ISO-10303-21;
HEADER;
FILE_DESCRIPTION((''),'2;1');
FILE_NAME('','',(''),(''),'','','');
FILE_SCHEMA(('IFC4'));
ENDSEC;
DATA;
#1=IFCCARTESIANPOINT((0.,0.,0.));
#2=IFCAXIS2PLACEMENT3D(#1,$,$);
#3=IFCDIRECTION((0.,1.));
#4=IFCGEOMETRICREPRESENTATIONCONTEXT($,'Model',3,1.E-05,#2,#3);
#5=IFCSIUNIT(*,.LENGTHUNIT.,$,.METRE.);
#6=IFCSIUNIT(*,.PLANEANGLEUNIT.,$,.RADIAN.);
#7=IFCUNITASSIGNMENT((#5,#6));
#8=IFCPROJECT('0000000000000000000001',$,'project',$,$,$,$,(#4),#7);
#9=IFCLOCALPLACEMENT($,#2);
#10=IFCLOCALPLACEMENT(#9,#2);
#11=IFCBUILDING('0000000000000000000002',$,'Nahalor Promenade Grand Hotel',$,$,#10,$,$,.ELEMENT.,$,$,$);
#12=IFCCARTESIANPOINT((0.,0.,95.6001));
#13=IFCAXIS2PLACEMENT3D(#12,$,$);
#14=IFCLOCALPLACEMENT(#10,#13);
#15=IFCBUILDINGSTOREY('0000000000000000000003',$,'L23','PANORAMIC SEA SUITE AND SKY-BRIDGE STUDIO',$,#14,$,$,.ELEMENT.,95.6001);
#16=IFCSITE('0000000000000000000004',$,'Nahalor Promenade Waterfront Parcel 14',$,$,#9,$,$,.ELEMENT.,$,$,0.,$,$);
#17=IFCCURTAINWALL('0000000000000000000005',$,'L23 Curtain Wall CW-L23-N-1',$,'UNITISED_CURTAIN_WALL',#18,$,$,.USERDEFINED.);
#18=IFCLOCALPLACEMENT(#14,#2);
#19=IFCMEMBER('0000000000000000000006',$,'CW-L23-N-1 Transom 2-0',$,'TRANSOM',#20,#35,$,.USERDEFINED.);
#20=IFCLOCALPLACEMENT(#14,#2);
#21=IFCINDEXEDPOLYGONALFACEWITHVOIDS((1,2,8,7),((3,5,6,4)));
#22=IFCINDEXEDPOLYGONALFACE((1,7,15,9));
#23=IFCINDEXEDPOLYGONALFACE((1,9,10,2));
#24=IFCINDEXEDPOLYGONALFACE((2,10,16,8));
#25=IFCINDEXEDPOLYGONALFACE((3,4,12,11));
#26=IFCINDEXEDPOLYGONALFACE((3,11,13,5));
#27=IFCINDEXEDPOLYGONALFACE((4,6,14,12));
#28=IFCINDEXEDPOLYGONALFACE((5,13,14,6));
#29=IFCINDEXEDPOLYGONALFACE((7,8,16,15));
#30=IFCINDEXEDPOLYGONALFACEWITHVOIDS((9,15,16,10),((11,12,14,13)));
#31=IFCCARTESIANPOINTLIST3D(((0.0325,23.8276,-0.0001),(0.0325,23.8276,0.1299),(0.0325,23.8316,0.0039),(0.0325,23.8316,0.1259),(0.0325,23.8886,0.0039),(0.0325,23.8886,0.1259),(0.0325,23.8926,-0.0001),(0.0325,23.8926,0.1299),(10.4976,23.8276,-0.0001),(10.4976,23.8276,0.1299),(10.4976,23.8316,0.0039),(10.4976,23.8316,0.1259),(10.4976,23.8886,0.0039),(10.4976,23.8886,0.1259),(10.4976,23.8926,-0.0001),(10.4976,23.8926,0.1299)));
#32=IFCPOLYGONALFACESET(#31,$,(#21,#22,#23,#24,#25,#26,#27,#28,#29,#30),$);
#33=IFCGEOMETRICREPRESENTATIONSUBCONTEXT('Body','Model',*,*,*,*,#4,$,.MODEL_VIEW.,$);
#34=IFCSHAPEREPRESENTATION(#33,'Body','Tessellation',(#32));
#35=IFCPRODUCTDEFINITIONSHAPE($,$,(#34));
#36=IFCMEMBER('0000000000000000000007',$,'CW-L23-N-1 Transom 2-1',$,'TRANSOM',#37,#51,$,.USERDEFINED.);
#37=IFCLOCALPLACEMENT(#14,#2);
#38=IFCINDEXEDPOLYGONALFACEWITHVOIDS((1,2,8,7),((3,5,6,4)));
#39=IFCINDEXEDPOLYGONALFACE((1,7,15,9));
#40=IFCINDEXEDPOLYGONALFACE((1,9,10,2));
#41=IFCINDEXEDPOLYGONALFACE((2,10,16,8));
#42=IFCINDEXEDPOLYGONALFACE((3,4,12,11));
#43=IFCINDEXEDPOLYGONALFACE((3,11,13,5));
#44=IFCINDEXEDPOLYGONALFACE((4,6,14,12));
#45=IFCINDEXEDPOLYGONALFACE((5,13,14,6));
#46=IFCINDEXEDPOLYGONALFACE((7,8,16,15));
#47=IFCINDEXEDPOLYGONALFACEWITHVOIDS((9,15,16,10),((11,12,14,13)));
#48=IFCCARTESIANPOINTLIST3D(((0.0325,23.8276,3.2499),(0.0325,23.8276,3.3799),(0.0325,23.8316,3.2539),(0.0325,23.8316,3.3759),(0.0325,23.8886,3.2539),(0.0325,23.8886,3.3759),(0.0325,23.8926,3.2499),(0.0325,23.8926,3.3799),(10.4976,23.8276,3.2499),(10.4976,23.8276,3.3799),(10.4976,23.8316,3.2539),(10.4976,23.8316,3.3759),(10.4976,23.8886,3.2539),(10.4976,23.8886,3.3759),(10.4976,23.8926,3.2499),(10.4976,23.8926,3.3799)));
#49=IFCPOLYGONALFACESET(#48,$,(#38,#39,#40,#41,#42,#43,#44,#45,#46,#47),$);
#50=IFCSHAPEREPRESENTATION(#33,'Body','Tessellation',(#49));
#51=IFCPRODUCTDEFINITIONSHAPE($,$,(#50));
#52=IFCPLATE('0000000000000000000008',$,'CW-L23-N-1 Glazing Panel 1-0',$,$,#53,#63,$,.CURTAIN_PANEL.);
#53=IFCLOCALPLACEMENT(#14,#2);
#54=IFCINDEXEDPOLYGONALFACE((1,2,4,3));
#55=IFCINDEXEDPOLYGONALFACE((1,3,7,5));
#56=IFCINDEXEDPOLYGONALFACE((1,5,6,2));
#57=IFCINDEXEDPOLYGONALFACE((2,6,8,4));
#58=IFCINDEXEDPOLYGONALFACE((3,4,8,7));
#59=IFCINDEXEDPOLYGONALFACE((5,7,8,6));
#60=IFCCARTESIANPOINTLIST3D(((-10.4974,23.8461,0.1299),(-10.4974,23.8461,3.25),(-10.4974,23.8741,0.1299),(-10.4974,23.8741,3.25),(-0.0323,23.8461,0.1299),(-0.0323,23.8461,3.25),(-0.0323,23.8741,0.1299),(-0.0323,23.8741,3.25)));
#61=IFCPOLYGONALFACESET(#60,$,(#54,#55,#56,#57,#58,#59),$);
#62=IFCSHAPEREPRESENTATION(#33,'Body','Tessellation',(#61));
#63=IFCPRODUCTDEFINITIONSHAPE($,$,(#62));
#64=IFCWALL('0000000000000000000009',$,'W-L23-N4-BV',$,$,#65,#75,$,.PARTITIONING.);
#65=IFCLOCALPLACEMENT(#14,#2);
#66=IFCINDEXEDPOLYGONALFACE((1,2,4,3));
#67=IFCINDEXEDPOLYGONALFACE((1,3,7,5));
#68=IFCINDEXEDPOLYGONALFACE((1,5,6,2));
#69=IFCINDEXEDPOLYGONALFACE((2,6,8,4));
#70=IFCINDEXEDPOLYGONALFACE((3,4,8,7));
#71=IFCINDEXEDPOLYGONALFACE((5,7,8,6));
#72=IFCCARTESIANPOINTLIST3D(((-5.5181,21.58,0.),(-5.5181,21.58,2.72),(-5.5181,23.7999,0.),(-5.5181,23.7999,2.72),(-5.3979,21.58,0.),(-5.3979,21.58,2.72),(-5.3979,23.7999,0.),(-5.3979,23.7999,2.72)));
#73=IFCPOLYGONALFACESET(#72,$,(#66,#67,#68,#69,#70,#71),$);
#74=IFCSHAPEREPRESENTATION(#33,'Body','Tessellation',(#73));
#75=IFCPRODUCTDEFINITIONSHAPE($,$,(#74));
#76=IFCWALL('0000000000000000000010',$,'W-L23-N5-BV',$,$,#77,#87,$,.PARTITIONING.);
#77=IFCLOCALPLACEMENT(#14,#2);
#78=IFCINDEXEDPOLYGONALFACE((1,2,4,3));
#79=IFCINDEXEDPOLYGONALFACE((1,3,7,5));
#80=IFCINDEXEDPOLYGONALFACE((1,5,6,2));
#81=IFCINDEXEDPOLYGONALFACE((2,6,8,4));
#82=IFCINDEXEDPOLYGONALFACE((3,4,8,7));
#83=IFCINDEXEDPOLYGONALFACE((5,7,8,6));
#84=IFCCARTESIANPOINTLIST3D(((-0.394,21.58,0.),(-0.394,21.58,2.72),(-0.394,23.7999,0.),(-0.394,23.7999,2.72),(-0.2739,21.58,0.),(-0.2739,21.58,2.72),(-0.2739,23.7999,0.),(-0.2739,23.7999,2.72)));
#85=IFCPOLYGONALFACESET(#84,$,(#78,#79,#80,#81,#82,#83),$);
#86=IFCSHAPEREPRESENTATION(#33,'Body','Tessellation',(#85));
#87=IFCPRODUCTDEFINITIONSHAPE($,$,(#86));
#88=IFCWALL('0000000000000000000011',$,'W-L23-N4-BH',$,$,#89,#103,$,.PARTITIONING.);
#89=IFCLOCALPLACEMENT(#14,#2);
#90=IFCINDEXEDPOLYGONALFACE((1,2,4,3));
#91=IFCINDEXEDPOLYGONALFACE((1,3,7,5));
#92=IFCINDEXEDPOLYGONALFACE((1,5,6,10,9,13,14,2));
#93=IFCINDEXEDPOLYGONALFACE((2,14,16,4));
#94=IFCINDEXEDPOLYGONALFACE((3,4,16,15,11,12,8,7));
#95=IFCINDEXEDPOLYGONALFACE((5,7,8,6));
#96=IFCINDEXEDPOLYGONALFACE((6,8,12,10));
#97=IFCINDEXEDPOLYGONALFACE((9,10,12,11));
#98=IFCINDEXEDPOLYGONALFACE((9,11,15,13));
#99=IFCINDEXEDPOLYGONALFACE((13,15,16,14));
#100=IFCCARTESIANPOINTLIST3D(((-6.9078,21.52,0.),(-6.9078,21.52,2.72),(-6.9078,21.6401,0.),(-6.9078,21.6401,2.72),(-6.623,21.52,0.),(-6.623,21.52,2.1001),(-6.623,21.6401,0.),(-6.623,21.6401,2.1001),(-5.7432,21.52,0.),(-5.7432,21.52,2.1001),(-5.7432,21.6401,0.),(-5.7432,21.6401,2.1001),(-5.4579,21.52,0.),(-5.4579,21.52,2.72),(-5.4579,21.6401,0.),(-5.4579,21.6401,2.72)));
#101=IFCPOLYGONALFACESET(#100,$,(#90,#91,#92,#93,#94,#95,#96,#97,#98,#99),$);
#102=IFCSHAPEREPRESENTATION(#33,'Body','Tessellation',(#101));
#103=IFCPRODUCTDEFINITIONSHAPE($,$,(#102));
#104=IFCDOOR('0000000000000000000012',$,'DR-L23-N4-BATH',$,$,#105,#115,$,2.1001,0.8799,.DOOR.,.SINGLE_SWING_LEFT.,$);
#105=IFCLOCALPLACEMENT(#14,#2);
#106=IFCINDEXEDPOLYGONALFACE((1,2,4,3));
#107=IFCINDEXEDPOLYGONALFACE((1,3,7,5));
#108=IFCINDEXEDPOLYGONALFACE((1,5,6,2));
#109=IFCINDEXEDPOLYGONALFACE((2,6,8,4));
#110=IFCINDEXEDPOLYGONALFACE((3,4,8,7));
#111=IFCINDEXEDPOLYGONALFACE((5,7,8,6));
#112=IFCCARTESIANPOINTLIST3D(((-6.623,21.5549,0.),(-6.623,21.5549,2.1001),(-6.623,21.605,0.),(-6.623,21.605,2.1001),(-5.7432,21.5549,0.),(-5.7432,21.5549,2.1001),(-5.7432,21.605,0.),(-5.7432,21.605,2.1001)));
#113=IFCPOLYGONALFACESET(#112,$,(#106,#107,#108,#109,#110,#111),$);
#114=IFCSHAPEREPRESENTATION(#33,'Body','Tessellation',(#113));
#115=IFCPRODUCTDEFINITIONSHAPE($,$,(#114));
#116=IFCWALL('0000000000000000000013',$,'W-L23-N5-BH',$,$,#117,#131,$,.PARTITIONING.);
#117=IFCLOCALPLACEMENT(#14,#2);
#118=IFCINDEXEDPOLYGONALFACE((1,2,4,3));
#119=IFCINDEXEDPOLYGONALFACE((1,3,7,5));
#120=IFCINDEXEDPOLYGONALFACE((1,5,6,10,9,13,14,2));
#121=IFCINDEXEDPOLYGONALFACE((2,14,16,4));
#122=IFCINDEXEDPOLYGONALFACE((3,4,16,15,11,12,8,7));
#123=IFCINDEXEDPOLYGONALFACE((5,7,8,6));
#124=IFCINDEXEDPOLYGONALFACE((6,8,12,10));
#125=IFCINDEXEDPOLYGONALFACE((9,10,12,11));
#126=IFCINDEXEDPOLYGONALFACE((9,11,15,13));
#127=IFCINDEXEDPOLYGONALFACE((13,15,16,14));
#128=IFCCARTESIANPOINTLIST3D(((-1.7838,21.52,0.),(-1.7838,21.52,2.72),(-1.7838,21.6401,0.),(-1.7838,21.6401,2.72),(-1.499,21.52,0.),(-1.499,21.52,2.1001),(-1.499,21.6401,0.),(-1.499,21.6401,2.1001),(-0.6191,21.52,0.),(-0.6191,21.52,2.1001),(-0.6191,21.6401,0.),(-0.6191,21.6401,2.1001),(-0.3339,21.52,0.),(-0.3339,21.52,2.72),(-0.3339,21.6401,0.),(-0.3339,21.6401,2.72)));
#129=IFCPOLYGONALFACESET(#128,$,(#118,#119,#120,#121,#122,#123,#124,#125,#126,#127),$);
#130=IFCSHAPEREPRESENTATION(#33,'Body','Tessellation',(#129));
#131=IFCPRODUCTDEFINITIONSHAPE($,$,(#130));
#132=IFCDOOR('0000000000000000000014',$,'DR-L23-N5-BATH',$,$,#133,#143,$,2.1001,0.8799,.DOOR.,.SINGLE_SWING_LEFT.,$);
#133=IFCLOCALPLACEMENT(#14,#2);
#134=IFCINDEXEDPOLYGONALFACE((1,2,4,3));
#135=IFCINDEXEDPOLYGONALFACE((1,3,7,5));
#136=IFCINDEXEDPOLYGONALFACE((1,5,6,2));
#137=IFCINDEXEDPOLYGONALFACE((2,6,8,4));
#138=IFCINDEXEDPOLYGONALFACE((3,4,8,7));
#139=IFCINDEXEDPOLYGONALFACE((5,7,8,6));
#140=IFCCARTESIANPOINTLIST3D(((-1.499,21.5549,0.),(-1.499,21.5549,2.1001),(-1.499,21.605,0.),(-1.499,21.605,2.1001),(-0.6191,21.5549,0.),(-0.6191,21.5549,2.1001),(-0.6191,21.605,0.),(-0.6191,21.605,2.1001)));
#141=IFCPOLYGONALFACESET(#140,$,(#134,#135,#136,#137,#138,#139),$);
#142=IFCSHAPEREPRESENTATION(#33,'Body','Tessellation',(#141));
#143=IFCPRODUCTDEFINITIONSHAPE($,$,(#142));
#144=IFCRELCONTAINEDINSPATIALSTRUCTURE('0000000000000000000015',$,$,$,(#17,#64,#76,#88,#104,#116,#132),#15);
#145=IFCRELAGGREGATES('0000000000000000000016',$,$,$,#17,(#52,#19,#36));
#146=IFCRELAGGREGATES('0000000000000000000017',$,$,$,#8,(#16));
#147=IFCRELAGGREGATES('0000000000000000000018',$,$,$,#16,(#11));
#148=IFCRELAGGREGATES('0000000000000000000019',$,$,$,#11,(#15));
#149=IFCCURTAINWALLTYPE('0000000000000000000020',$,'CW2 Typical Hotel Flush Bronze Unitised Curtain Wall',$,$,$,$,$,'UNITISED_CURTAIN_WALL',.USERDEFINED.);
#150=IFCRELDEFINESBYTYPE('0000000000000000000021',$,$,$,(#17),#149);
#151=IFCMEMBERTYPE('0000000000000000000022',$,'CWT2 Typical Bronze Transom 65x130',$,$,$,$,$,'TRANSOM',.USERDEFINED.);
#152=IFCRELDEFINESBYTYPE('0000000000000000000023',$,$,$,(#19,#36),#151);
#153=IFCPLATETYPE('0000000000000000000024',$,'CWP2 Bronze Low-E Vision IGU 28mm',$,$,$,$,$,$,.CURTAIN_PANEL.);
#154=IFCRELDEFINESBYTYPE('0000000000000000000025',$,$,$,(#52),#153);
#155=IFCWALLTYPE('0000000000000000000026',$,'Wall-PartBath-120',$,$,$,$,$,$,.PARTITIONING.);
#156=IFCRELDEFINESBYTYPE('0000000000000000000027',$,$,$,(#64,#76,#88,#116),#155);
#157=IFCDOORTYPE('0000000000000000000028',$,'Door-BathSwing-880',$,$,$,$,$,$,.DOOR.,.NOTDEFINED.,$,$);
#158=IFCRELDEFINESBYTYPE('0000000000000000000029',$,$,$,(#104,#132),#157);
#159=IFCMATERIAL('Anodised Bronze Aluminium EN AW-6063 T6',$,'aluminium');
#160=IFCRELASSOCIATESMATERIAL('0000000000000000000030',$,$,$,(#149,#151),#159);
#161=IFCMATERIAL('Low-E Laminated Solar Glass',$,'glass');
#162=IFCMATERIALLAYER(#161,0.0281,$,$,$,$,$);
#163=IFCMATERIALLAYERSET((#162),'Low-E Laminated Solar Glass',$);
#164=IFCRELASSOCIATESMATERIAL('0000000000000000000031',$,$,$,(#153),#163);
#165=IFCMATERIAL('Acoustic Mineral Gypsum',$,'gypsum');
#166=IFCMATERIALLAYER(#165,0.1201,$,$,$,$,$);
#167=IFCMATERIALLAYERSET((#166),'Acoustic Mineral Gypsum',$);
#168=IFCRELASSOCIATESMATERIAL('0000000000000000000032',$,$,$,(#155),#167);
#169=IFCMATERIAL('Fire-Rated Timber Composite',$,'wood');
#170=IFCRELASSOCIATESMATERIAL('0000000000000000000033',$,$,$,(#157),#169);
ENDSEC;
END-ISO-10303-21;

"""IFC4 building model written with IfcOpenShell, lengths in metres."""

from ifc_helpers import new_model, si_unit, direction, frame, frame_2d, origin, origin_2d, place, context, subcontext, project, spatial, rectangle, hollow_rectangle, extrude, source, transform, mapped, material, layer, layer_set, material_profile, profile_set, type_object, element, fill, aggregate, save


model = new_model("IFC4")

# Units and contexts
model_context = context("Model", 3, precision=1e-05, world=origin(), true_north=direction((0.0, 1.0)))
body_context = subcontext(model_context, "Body", "Model", "MODEL_VIEW")
ifc_project = project(units=[si_unit("LENGTHUNIT", "METRE"), si_unit("PLANEANGLEUNIT", "RADIAN")], contexts=[model_context])

# Site, building, storey
site_placement = place(None, origin())
site = spatial("IfcSite", under=ifc_project, at=site_placement, Name="Nahalor Promenade Waterfront Parcel 14", CompositionType="ELEMENT", RefElevation=0.0)
building_placement = place(site_placement, origin())
building = spatial("IfcBuilding", under=site, at=building_placement, Name="Nahalor Promenade Grand Hotel", CompositionType="ELEMENT")
storey_placement = place(building_placement, frame((0.0, 0.0, 95.6001)))
storey = spatial("IfcBuildingStorey", under=building, at=storey_placement, Name="L23", Description="PANORAMIC SEA SUITE AND SKY-BRIDGE STUDIO", CompositionType="ELEMENT", Elevation=95.6001)

# Curtain wall, members, plate
ifc_material_1 = material(Name="Anodised Bronze Aluminium EN AW-6063 T6", Category="aluminium")
curtain_wall_type = type_object("IfcCurtainWallType", Name="CW2 Typical Hotel Flush Bronze Unitised Curtain Wall", ElementType="UNITISED_CURTAIN_WALL", PredefinedType="USERDEFINED", material=ifc_material_1)
curtain_wall_placement = place(storey_placement, origin())
curtain_wall = element("IfcCurtainWall", 1, at=curtain_wall_placement, inside=storey, type_object=curtain_wall_type, Name="L23 Curtain Wall CW-L23-N-1", ObjectType="UNITISED_CURTAIN_WALL", PredefinedType="USERDEFINED")
ifc_material_profile_1 = material_profile(ifc_material_1, hollow_rectangle(XDim=0.065, YDim=0.13, WallThickness=0.004, at=origin_2d()), Name="CWT 65x130x4")
ifc_profile_set_1 = profile_set([ifc_material_profile_1], Name="Anodised Bronze Aluminium EN AW-6063 T6")
member_type_1 = type_object("IfcMemberType", Name="CWT2 Typical Bronze Transom 65x130", ElementType="TRANSOM", PredefinedType="USERDEFINED", material=ifc_profile_set_1)
shared_shape_1 = source(origin(), body_context, "Body", "SweptSolid", [
    extrude(hollow_rectangle(XDim=0.065, YDim=0.13, WallThickness=0.004, at=origin_2d()), origin(), (0.0, 0.0, 1.0), 10.4651),
])
member_1_placement = place(storey_placement, frame((0.0325, 23.8601, 0.0649), z_axis=(1.0, 0.0, 0.0), x_axis=(0.0, 1.0, 0.0)))
member_1 = element("IfcMember", 2, at=member_1_placement, type_object=member_type_1, Name="CW-L23-N-1 Transom 2-0", ObjectType="TRANSOM", PredefinedType="USERDEFINED", context=body_context, shape_type="MappedRepresentation", body=[
    mapped(shared_shape_1, transform((0.0, 0.0, 0.0), scale=1.0)),
])
member_2_placement = place(storey_placement, frame((0.0325, 23.8601, 3.3149), z_axis=(1.0, 0.0, 0.0), x_axis=(0.0, 1.0, 0.0)))
member_2 = element("IfcMember", 3, at=member_2_placement, type_object=member_type_1, Name="CW-L23-N-1 Transom 2-1", ObjectType="TRANSOM", PredefinedType="USERDEFINED", context=body_context, shape_type="MappedRepresentation", body=[
    mapped(shared_shape_1, transform((0.0, 0.0, 0.0), scale=1.0)),
])
ifc_material_2 = material(Name="Low-E Laminated Solar Glass", Category="glass")
ifc_layer_1 = layer(ifc_material_2, 0.0281)
ifc_layer_set_1 = layer_set([ifc_layer_1], Name="Low-E Laminated Solar Glass")
plate_type = type_object("IfcPlateType", Name="CWP2 Bronze Low-E Vision IGU 28mm", PredefinedType="CURTAIN_PANEL", material=ifc_layer_set_1)
shared_shape_2 = source(origin(), body_context, "Body", "SweptSolid", [
    extrude(rectangle(XDim=10.4651, YDim=0.0281, at=origin_2d()), origin(), (0.0, 0.0, 1.0), 3.1201),
])
plate_placement = place(storey_placement, frame((-5.2649, 23.8601, 0.1299), z_axis=(0.0, 0.0, 1.0), x_axis=(1.0, 0.0, 0.0)))
plate = element("IfcPlate", 4, at=plate_placement, type_object=plate_type, Name="CW-L23-N-1 Glazing Panel 1-0", PredefinedType="CURTAIN_PANEL", context=body_context, shape_type="MappedRepresentation", body=[
    mapped(shared_shape_2, transform((0.0, 0.0, 0.0), scale=1.0)),
])
aggregate(curtain_wall, [plate, member_1, member_2])

# Walls
ifc_material_3 = material(Name="Acoustic Mineral Gypsum", Category="gypsum")
ifc_layer_2 = layer(ifc_material_3, 0.1201)
ifc_layer_set_2 = layer_set([ifc_layer_2], Name="Acoustic Mineral Gypsum")
wall_type = type_object("IfcWallType", Name="Wall-PartBath-120", PredefinedType="PARTITIONING", material=ifc_layer_set_2)
shared_shape_3 = source(origin(), body_context, "Body", "SweptSolid", [
    extrude(rectangle(XDim=2.22, YDim=0.1201, at=frame_2d((1.1099, 0.0))), origin(), (0.0, 0.0, 1.0), 2.72),
])
for number, where, z_axis, x_axis, name in (
    (5, (-5.458, 21.5801, 0.0), (0.0, 0.0, 1.0), (0.0, 1.0, 0.0), "W-L23-N4-BV"),
    (6, (-0.334, 21.5801, 0.0), (0.0, 0.0, 1.0), (0.0, 1.0, 0.0), "W-L23-N5-BV"),
):
    element("IfcWall", number, at=place(storey_placement, frame(where, z_axis=z_axis, x_axis=x_axis)), inside=storey, type_object=wall_type, Name=name, PredefinedType="PARTITIONING", context=body_context, shape_type="MappedRepresentation", body=[
        mapped(shared_shape_3, transform((0.0, 0.0, 0.0), scale=1.0)),
    ])

# Walls, openings, doors
shared_shape_4 = source(origin(), body_context, "Body", "SweptSolid", [
    extrude(rectangle(XDim=1.45, YDim=0.1201, at=frame_2d((0.7251, 0.0))), origin(), (0.0, 0.0, 1.0), 2.72),
])
wall_1_placement = place(storey_placement, frame((-6.908, 21.5801, 0.0), z_axis=(0.0, 0.0, 1.0), x_axis=(1.0, 0.0, 0.0)))
wall_1 = element("IfcWall", 7, at=wall_1_placement, inside=storey, type_object=wall_type, Name="W-L23-N4-BH", PredefinedType="PARTITIONING", context=body_context, shape_type="MappedRepresentation", body=[
    mapped(shared_shape_4, transform((0.0, 0.0, 0.0), scale=1.0)),
])
opening_1_placement = place(wall_1_placement, frame((0.2849, 0.0, 0.0)))
opening_1 = element("IfcOpeningElement", 8, at=opening_1_placement, cuts=wall_1, PredefinedType="OPENING", context=body_context, shape_type="SweptSolid", body=[
    extrude(rectangle(XDim=0.8799, YDim=2.1001, at=frame_2d((0.4399, 1.05))), frame((0.0, 0.0701, 0.0), z_axis=(0.0, -1.0, 0.0), x_axis=(1.0, 0.0, 0.0)), (0.0, 0.0, 1.0), 0.1401),
])
ifc_material_4 = material(Name="Fire-Rated Timber Composite", Category="wood")
door_type = type_object("IfcDoorType", Name="Door-BathSwing-880", OperationType="NOTDEFINED", PredefinedType="DOOR", material=ifc_material_4)
shared_shape_5 = source(origin(), body_context, "Body", "SweptSolid", [
    extrude(rectangle(XDim=0.8799, YDim=2.1001, at=frame_2d((0.4399, 1.05))), frame((0.0, 0.0249, 0.0), z_axis=(0.0, -1.0, 0.0), x_axis=(1.0, 0.0, 0.0)), (0.0, 0.0, 1.0), 0.05),
])
door_1_placement = place(opening_1_placement, origin())
door_1 = element("IfcDoor", 9, at=door_1_placement, inside=storey, type_object=door_type, Name="DR-L23-N4-BATH", OperationType="SINGLE_SWING_LEFT", OverallHeight=2.1001, OverallWidth=0.8799, PredefinedType="DOOR", context=body_context, shape_type="MappedRepresentation", body=[
    mapped(shared_shape_5, transform((0.0, 0.0, 0.0), scale=1.0)),
])
fill(opening_1, door_1)
wall_2_placement = place(storey_placement, frame((-1.7839, 21.5801, 0.0), z_axis=(0.0, 0.0, 1.0), x_axis=(1.0, 0.0, 0.0)))
wall_2 = element("IfcWall", 10, at=wall_2_placement, inside=storey, type_object=wall_type, Name="W-L23-N5-BH", PredefinedType="PARTITIONING", context=body_context, shape_type="MappedRepresentation", body=[
    mapped(shared_shape_4, transform((0.0, 0.0, 0.0), scale=1.0)),
])
opening_2_placement = place(wall_2_placement, frame((0.2849, 0.0, 0.0)))
opening_2 = element("IfcOpeningElement", 11, at=opening_2_placement, cuts=wall_2, PredefinedType="OPENING", context=body_context, shape_type="SweptSolid", body=[
    extrude(rectangle(XDim=0.8799, YDim=2.1001, at=frame_2d((0.4399, 1.05))), frame((0.0, 0.0701, 0.0), z_axis=(0.0, -1.0, 0.0), x_axis=(1.0, 0.0, 0.0)), (0.0, 0.0, 1.0), 0.1401),
])
door_2_placement = place(opening_2_placement, origin())
door_2 = element("IfcDoor", 12, at=door_2_placement, inside=storey, type_object=door_type, Name="DR-L23-N5-BATH", OperationType="SINGLE_SWING_LEFT", OverallHeight=2.1001, OverallWidth=0.8799, PredefinedType="DOOR", context=body_context, shape_type="MappedRepresentation", body=[
    mapped(shared_shape_5, transform((0.0, 0.0, 0.0), scale=1.0)),
])
fill(opening_2, door_2)

save(model, "model.ifc")
